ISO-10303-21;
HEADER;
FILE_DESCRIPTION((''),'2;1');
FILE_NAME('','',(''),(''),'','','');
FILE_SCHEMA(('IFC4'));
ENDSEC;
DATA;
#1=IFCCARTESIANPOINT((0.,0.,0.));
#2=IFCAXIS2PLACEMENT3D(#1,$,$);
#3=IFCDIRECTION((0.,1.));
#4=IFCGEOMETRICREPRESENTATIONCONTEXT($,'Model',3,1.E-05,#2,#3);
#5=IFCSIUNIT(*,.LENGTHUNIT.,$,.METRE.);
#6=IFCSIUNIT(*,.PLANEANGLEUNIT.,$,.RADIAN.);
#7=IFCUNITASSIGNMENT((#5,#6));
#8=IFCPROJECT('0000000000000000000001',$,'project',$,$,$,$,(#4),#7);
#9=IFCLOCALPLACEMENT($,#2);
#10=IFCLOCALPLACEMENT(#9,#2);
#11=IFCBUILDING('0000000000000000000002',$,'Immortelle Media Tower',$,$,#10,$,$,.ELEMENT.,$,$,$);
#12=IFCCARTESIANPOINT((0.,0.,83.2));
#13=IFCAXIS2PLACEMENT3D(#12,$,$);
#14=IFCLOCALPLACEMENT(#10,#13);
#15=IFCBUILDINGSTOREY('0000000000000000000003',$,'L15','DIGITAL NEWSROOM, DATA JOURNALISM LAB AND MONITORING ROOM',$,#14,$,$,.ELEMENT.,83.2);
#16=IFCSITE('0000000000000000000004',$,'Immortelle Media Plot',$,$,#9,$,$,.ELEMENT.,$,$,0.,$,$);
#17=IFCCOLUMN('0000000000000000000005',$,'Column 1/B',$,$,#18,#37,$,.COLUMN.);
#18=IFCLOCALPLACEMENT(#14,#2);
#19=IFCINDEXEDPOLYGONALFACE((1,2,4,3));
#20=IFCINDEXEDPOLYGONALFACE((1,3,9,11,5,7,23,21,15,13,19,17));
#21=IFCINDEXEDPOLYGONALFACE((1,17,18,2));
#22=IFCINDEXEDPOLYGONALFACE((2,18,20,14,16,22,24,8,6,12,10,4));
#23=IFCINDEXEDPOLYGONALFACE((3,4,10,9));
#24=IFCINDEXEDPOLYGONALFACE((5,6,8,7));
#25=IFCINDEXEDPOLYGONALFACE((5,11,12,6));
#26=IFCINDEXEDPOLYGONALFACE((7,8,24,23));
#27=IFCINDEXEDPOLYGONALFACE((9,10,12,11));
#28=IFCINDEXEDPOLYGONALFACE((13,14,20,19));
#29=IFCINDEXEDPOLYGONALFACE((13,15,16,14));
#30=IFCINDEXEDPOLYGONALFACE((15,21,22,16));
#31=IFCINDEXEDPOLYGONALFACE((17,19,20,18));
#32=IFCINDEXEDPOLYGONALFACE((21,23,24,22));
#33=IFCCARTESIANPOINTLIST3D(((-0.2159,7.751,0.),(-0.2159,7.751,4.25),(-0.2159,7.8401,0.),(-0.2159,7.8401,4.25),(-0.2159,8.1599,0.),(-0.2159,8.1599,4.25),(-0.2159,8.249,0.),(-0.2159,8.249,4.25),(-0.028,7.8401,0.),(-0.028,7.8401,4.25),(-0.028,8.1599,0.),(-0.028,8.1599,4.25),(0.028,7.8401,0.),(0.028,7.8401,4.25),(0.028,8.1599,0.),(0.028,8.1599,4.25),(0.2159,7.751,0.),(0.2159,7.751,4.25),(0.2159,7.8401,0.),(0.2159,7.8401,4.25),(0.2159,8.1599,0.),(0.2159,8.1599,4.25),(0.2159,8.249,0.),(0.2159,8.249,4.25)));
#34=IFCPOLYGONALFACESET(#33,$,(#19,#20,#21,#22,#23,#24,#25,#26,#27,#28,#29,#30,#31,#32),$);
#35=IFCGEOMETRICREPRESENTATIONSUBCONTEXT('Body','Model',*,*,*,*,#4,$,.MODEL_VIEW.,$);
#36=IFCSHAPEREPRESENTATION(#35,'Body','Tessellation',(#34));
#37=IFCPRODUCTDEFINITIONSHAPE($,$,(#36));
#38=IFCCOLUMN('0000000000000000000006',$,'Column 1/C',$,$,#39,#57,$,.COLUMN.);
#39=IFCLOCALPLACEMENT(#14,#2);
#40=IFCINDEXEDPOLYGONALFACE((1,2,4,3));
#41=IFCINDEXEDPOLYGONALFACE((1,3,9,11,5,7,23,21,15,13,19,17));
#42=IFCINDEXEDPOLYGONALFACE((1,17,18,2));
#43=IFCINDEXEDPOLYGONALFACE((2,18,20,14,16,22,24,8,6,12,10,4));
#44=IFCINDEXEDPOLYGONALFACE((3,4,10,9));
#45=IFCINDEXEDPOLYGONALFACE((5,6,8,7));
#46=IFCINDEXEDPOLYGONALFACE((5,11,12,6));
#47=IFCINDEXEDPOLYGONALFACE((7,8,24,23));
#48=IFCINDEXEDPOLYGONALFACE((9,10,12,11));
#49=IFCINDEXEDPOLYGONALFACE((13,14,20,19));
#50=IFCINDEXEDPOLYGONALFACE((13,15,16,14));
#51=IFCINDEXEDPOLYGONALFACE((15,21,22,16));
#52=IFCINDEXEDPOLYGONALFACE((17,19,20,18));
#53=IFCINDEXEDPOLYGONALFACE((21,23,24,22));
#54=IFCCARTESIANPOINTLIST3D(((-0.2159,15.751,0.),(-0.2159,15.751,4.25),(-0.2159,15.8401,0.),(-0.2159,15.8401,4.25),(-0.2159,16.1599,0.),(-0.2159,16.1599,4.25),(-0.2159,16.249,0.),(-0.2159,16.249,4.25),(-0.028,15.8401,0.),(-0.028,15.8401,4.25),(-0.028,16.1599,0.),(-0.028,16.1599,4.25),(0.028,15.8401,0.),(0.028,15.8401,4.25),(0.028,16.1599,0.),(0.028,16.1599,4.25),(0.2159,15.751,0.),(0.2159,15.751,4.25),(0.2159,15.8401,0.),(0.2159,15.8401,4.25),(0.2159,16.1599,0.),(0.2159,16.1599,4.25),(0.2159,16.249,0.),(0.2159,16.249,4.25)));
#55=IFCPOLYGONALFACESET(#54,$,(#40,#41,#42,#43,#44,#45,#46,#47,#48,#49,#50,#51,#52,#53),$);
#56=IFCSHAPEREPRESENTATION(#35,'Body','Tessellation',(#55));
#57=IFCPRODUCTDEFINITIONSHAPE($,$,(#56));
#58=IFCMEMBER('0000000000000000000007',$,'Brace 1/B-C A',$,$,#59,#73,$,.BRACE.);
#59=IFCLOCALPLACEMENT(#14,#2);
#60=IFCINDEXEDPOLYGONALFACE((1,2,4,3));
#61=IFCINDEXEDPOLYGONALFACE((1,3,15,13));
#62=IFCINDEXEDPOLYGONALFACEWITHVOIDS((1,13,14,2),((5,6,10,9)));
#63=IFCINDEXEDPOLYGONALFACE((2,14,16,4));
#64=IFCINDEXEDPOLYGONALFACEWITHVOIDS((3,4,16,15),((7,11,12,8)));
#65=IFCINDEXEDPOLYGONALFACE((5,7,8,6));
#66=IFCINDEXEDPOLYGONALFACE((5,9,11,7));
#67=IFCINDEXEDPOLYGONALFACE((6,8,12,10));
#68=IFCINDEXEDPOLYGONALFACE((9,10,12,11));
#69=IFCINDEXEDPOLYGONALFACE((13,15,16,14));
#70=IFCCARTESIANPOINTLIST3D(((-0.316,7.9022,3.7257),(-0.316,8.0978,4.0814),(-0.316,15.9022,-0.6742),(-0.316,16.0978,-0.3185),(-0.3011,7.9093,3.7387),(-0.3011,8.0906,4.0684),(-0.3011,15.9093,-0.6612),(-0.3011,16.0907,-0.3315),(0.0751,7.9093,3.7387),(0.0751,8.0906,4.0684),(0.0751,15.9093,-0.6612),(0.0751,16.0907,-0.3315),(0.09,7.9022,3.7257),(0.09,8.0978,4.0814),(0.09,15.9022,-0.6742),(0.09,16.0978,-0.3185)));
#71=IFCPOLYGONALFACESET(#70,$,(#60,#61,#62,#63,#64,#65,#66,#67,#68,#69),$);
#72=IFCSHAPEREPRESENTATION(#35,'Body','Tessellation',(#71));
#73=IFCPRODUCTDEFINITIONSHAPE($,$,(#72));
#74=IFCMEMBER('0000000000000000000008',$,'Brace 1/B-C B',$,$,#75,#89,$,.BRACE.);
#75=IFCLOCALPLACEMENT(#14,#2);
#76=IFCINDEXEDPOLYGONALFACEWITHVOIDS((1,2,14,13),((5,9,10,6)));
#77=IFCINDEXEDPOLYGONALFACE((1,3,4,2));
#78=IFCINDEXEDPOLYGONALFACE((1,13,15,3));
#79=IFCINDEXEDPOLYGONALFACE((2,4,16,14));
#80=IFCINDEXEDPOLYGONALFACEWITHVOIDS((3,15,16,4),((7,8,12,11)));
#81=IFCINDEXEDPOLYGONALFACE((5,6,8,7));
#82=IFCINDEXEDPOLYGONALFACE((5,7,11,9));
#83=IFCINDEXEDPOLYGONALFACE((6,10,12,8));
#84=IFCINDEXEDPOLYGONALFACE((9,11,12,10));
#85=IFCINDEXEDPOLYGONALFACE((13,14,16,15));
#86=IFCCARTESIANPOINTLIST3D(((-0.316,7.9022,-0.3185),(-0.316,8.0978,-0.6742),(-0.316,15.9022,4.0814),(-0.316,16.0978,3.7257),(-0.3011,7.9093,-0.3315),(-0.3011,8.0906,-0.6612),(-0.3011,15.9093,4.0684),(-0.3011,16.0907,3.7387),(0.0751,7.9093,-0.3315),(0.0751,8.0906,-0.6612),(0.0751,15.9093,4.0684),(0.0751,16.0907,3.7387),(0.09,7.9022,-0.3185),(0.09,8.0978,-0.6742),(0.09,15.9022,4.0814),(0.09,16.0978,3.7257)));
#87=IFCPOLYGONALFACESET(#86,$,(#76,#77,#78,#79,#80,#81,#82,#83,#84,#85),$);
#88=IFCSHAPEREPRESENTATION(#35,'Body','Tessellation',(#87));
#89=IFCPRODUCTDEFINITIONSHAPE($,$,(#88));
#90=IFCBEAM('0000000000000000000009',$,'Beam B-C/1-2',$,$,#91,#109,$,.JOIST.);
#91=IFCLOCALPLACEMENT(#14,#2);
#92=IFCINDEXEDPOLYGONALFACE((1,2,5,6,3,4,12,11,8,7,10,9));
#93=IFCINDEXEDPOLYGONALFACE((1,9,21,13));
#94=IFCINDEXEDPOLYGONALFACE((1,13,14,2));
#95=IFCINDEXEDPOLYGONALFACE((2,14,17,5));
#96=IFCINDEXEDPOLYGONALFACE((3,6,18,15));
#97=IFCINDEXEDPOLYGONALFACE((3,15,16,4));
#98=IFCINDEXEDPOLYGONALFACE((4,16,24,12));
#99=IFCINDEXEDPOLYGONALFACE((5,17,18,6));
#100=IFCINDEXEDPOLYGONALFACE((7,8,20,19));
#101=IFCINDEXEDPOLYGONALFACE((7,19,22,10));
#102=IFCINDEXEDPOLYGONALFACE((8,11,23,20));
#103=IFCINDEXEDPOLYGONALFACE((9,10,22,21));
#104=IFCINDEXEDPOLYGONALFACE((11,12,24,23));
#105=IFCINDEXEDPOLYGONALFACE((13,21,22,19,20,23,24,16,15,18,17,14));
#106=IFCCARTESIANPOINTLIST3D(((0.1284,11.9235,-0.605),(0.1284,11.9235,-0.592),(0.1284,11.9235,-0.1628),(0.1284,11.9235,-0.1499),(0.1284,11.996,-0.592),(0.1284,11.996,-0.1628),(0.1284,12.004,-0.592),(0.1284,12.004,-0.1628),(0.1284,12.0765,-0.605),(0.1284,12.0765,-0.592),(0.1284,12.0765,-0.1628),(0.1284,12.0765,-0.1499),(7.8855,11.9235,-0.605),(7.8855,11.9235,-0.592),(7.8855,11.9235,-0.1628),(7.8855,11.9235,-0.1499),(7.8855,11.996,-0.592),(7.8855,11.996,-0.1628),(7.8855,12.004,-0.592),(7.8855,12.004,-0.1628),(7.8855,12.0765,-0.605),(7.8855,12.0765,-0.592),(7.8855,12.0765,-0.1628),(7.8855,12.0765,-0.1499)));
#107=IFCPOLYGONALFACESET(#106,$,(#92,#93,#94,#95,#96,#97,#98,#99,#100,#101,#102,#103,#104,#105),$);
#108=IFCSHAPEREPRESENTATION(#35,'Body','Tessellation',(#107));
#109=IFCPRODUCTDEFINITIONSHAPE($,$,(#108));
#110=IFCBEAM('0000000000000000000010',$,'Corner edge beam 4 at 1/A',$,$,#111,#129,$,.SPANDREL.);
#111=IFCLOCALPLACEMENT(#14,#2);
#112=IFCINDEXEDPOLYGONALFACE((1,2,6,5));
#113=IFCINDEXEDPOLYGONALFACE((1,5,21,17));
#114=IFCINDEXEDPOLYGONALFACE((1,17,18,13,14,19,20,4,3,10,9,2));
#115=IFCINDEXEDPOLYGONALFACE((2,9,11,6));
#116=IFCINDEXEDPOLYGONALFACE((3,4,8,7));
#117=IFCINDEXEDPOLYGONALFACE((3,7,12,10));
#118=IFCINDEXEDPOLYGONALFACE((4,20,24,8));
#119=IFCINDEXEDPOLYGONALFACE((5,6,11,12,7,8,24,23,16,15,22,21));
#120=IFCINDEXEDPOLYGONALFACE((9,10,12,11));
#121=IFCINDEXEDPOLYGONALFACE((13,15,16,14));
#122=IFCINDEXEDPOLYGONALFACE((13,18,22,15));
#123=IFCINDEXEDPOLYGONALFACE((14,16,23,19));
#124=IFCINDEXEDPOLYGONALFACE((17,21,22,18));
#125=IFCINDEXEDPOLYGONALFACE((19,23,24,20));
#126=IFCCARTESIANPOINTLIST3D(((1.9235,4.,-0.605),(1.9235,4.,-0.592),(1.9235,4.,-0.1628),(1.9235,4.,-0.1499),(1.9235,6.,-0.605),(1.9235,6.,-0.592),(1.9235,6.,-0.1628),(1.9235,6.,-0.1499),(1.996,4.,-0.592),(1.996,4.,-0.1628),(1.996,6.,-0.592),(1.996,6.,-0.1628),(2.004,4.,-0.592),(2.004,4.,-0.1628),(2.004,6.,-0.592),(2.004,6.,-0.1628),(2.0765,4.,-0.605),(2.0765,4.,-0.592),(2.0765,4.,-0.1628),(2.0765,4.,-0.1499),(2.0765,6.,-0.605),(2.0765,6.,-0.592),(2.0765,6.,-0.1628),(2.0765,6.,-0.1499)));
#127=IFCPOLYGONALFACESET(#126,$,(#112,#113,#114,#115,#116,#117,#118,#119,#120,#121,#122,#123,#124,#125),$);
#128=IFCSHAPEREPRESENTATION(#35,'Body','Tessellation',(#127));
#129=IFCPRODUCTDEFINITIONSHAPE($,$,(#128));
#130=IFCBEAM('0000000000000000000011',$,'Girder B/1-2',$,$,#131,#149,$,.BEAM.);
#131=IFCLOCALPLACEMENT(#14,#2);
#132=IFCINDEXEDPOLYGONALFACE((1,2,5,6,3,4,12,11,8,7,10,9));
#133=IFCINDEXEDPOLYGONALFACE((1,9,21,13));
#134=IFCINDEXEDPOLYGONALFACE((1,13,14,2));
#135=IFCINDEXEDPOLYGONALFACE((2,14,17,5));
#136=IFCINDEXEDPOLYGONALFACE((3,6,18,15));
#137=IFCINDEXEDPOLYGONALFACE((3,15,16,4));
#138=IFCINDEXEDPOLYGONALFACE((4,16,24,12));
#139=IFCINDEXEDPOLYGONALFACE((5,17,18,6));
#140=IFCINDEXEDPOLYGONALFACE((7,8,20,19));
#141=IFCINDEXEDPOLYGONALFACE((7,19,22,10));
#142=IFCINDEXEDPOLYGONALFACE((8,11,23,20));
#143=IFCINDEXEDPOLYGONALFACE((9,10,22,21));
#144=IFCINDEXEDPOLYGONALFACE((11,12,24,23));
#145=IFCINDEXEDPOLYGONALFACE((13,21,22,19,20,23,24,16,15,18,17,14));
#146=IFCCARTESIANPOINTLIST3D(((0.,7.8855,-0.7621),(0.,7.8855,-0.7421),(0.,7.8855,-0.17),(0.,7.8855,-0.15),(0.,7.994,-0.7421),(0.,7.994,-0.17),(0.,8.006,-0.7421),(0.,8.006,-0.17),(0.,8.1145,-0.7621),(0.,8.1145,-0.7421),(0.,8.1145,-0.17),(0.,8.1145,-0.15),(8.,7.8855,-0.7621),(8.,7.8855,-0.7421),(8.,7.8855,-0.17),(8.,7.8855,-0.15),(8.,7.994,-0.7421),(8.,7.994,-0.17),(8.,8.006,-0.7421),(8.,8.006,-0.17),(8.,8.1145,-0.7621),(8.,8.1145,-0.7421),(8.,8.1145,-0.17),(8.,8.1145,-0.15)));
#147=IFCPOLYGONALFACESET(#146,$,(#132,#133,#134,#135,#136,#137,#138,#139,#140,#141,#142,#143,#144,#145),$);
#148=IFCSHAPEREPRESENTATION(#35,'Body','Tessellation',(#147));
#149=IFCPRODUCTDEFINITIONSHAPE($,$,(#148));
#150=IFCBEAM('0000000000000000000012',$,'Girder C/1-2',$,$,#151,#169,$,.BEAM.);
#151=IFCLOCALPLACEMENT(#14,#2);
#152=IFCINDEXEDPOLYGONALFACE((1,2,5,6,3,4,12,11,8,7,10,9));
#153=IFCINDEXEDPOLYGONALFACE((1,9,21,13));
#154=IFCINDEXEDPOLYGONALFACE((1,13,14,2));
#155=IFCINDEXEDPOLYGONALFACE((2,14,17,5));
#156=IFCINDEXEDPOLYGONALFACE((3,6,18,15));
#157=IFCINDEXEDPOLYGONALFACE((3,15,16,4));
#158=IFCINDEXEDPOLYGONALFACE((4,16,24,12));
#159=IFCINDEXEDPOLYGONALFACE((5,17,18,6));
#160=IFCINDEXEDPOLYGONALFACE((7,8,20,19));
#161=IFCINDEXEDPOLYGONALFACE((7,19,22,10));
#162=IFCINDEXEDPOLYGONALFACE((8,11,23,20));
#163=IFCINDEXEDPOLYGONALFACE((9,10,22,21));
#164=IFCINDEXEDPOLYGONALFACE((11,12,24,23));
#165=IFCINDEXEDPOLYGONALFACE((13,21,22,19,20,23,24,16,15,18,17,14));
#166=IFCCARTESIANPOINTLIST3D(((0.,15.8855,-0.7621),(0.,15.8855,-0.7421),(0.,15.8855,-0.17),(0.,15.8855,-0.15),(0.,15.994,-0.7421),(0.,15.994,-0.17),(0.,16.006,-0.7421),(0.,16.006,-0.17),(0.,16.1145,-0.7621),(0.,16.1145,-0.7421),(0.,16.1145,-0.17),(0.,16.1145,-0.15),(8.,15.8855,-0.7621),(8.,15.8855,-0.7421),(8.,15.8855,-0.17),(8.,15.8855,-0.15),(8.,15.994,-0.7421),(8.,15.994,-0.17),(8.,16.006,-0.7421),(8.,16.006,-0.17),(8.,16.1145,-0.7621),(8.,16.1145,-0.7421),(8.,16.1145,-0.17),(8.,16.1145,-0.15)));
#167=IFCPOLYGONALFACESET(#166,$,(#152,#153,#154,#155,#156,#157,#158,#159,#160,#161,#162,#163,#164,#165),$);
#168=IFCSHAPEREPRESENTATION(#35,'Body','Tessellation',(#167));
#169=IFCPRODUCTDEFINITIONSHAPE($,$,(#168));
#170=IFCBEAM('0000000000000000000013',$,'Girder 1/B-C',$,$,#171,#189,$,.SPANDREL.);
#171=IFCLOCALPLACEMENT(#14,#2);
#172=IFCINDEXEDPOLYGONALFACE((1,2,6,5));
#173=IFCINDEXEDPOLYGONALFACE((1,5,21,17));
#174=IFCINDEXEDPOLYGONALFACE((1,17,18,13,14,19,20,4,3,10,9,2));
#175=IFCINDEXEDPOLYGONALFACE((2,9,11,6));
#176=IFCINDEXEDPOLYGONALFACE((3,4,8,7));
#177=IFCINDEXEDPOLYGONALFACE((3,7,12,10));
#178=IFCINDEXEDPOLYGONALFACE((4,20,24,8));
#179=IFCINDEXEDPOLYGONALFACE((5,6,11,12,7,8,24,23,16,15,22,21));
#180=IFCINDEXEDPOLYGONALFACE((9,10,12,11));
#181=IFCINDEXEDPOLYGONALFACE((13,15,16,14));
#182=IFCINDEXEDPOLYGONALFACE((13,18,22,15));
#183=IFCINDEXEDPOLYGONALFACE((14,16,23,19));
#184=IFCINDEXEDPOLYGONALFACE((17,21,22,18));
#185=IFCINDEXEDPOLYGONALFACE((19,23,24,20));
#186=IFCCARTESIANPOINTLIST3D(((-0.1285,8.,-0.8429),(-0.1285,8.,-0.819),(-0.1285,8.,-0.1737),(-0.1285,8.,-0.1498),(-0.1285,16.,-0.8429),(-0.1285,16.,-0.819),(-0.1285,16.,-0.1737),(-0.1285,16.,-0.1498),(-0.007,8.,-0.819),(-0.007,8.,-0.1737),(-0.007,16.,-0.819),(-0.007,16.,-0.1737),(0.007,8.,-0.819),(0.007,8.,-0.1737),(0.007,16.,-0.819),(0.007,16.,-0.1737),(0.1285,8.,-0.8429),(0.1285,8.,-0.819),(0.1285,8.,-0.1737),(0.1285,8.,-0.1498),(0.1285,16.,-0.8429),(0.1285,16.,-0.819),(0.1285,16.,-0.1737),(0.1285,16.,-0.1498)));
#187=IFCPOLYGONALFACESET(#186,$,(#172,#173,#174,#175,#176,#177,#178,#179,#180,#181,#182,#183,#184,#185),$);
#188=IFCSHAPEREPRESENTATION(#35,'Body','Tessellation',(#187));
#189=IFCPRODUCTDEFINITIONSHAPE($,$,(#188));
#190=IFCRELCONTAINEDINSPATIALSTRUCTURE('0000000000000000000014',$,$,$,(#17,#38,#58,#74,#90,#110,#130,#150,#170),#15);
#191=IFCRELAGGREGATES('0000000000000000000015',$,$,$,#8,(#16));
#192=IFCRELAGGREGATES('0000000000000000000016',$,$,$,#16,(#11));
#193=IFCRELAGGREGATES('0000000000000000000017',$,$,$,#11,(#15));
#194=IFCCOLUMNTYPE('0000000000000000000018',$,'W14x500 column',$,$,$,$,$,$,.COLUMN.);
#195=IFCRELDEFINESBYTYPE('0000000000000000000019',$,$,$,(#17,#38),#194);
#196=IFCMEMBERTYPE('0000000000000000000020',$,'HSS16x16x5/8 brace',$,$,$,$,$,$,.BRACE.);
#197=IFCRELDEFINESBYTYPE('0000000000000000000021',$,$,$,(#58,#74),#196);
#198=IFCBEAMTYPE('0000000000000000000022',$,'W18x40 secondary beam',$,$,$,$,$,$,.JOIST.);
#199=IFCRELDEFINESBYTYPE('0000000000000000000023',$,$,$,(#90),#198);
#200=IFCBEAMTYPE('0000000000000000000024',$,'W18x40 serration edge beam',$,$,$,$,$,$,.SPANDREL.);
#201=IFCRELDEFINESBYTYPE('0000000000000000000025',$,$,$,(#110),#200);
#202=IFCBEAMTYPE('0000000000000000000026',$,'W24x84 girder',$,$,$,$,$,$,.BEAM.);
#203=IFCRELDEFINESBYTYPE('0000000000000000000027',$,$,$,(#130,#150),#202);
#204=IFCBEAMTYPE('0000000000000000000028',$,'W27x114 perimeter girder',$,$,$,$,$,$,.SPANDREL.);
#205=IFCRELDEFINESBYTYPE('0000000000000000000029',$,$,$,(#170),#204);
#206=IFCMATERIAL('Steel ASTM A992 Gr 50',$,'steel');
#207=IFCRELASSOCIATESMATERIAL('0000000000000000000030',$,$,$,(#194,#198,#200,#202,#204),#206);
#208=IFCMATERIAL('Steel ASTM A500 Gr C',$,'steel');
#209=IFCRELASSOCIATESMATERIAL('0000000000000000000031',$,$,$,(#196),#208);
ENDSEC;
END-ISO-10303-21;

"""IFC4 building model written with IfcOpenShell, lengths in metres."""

from ifc_helpers import new_model, si_unit, direction, frame, origin, origin_2d, place, context, subcontext, project, spatial, hollow_rectangle, i_section, extrude, material, material_profile, profile_set, type_object, element, save


model = new_model("IFC4")

# Units and contexts
model_context = context("Model", 3, precision=1e-05, world=origin(), true_north=direction((0.0, 1.0)))
body_context = subcontext(model_context, "Body", "Model", "MODEL_VIEW")
ifc_project = project(units=[si_unit("LENGTHUNIT", "METRE"), si_unit("PLANEANGLEUNIT", "RADIAN")], contexts=[model_context])

# Site, building, storey
site_placement = place(None, origin())
site = spatial("IfcSite", under=ifc_project, at=site_placement, Name="Immortelle Media Plot", CompositionType="ELEMENT", RefElevation=0.0)
building_placement = place(site_placement, origin())
building = spatial("IfcBuilding", under=site, at=building_placement, Name="Immortelle Media Tower", CompositionType="ELEMENT")
storey_placement = place(building_placement, frame((0.0, 0.0, 83.2)))
storey = spatial("IfcBuildingStorey", under=building, at=storey_placement, Name="L15", Description="DIGITAL NEWSROOM, DATA JOURNALISM LAB AND MONITORING ROOM", CompositionType="ELEMENT", Elevation=83.2)

# Columns
ifc_material_1 = material(Name="Steel ASTM A992 Gr 50", Category="steel")
ifc_material_profile_1 = material_profile(ifc_material_1, i_section(OverallWidth=0.4319, OverallDepth=0.498, WebThickness=0.0559, FlangeThickness=0.0891, at=origin_2d()), Name="W14x500")
ifc_profile_set_1 = profile_set([ifc_material_profile_1], Name="Steel ASTM A992 Gr 50")
column_type = type_object("IfcColumnType", Name="W14x500 column", PredefinedType="COLUMN", material=ifc_profile_set_1)
for number, where, z_axis, x_axis, name in (
    (1, (0.0, 8.0, 0.0), (0.0, 0.0, 1.0), (1.0, 0.0, 0.0), "Column 1/B"),
    (2, (0.0, 16.0, 0.0), (0.0, 0.0, 1.0), (1.0, 0.0, 0.0), "Column 1/C"),
):
    element("IfcColumn", number, at=place(storey_placement, frame(where, z_axis=z_axis, x_axis=x_axis)), inside=storey, type_object=column_type, Name=name, PredefinedType="COLUMN", context=body_context, shape_type="SweptSolid", body=[
        extrude(i_section(OverallWidth=0.4319, OverallDepth=0.498, WebThickness=0.0559, FlangeThickness=0.0891, at=origin_2d()), origin(), (0.0, 0.0, 1.0), 4.25),
    ])

# Members
ifc_material_2 = material(Name="Steel ASTM A500 Gr C", Category="steel")
ifc_material_profile_2 = material_profile(ifc_material_2, hollow_rectangle(XDim=0.406, YDim=0.406, WallThickness=0.0149, at=origin_2d()), Name="HSS16x16x5/8 brace")
ifc_profile_set_2 = profile_set([ifc_material_profile_2], Name="Steel ASTM A500 Gr C")
member_type = type_object("IfcMemberType", Name="HSS16x16x5/8 brace", PredefinedType="BRACE", material=ifc_profile_set_2)
for number, where, z_axis, x_axis, name in (
    (3, (-0.113, 16.0, -0.4963), (0.0, -0.87622, 0.481911), (1.0, 0.0, 0.0), "Brace 1/B-C A"),
    (4, (-0.113, 16.0, 3.9036), (0.0, -0.87622, -0.481911), (1.0, 0.0, 0.0), "Brace 1/B-C B"),
):
    element("IfcMember", number, at=place(storey_placement, frame(where, z_axis=z_axis, x_axis=x_axis)), inside=storey, type_object=member_type, Name=name, PredefinedType="BRACE", context=body_context, shape_type="SweptSolid", body=[
        extrude(hollow_rectangle(XDim=0.406, YDim=0.406, WallThickness=0.0149, at=origin_2d()), origin(), (0.0, 0.0, 1.0), 9.1301),
    ])

# Beams
ifc_material_profile_3 = material_profile(ifc_material_1, i_section(OverallWidth=0.1531, OverallDepth=0.4551, WebThickness=0.0081, FlangeThickness=0.0129, at=origin_2d()), Name="W18x40")
ifc_profile_set_3 = profile_set([ifc_material_profile_3], Name="Steel ASTM A992 Gr 50")
beam_type_1 = type_object("IfcBeamType", Name="W18x40 secondary beam", PredefinedType="JOIST", material=ifc_profile_set_3)
beam_1_placement = place(storey_placement, frame((0.1284, 12.0, -0.3774), z_axis=(1.0, 0.0, 0.0), x_axis=(0.0, 1.0, 0.0)))
element("IfcBeam", 5, at=beam_1_placement, inside=storey, type_object=beam_type_1, Name="Beam B-C/1-2", PredefinedType="JOIST", context=body_context, shape_type="SweptSolid", body=[
    extrude(i_section(OverallWidth=0.1531, OverallDepth=0.4551, WebThickness=0.0081, FlangeThickness=0.0129, at=origin_2d()), origin(), (0.0, 0.0, 1.0), 7.7571),
])
ifc_material_profile_4 = material_profile(ifc_material_1, i_section(OverallWidth=0.1531, OverallDepth=0.4551, WebThickness=0.0081, FlangeThickness=0.0129, at=origin_2d()), Name="W18x40")
ifc_profile_set_4 = profile_set([ifc_material_profile_4], Name="Steel ASTM A992 Gr 50")
beam_type_2 = type_object("IfcBeamType", Name="W18x40 serration edge beam", PredefinedType="SPANDREL", material=ifc_profile_set_4)
beam_2_placement = place(storey_placement, frame((2.0, 4.0, -0.3774), z_axis=(0.0, 1.0, 0.0), x_axis=(-1.0, 0.0, 0.0)))
element("IfcBeam", 6, at=beam_2_placement, inside=storey, type_object=beam_type_2, Name="Corner edge beam 4 at 1/A", PredefinedType="SPANDREL", context=body_context, shape_type="SweptSolid", body=[
    extrude(i_section(OverallWidth=0.1531, OverallDepth=0.4551, WebThickness=0.0081, FlangeThickness=0.0129, at=origin_2d()), origin(), (0.0, 0.0, 1.0), 2.0),
])
ifc_material_profile_5 = material_profile(ifc_material_1, i_section(OverallWidth=0.229, OverallDepth=0.6121, WebThickness=0.012, FlangeThickness=0.02, at=origin_2d()), Name="W24x84")
ifc_profile_set_5 = profile_set([ifc_material_profile_5], Name="Steel ASTM A992 Gr 50")
beam_type_3 = type_object("IfcBeamType", Name="W24x84 girder", PredefinedType="BEAM", material=ifc_profile_set_5)
for number, where, z_axis, x_axis, name in (
    (7, (0.0, 8.0, -0.4561), (1.0, 0.0, 0.0), (0.0, 1.0, 0.0), "Girder B/1-2"),
    (8, (0.0, 16.0, -0.4561), (1.0, 0.0, 0.0), (0.0, 1.0, 0.0), "Girder C/1-2"),
):
    element("IfcBeam", number, at=place(storey_placement, frame(where, z_axis=z_axis, x_axis=x_axis)), inside=storey, type_object=beam_type_3, Name=name, PredefinedType="BEAM", context=body_context, shape_type="SweptSolid", body=[
        extrude(i_section(OverallWidth=0.229, OverallDepth=0.6121, WebThickness=0.012, FlangeThickness=0.02, at=origin_2d()), origin(), (0.0, 0.0, 1.0), 8.0),
    ])
ifc_material_profile_6 = material_profile(ifc_material_1, i_section(OverallWidth=0.2571, OverallDepth=0.6931, WebThickness=0.0139, FlangeThickness=0.0239, at=origin_2d()), Name="W27x114")
ifc_profile_set_6 = profile_set([ifc_material_profile_6], Name="Steel ASTM A992 Gr 50")
beam_type_4 = type_object("IfcBeamType", Name="W27x114 perimeter girder", PredefinedType="SPANDREL", material=ifc_profile_set_6)
for number, where, z_axis, x_axis, name in (
    (9, (0.0, 8.0, -0.4963), (0.0, 1.0, 0.0), (-1.0, 0.0, 0.0), "Girder 1/B-C"),
):
    element("IfcBeam", number, at=place(storey_placement, frame(where, z_axis=z_axis, x_axis=x_axis)), inside=storey, type_object=beam_type_4, Name=name, PredefinedType="SPANDREL", context=body_context, shape_type="SweptSolid", body=[
        extrude(i_section(OverallWidth=0.2571, OverallDepth=0.6931, WebThickness=0.0139, FlangeThickness=0.0239, at=origin_2d()), origin(), (0.0, 0.0, 1.0), 8.0),
    ])

save(model, "model.ifc")
